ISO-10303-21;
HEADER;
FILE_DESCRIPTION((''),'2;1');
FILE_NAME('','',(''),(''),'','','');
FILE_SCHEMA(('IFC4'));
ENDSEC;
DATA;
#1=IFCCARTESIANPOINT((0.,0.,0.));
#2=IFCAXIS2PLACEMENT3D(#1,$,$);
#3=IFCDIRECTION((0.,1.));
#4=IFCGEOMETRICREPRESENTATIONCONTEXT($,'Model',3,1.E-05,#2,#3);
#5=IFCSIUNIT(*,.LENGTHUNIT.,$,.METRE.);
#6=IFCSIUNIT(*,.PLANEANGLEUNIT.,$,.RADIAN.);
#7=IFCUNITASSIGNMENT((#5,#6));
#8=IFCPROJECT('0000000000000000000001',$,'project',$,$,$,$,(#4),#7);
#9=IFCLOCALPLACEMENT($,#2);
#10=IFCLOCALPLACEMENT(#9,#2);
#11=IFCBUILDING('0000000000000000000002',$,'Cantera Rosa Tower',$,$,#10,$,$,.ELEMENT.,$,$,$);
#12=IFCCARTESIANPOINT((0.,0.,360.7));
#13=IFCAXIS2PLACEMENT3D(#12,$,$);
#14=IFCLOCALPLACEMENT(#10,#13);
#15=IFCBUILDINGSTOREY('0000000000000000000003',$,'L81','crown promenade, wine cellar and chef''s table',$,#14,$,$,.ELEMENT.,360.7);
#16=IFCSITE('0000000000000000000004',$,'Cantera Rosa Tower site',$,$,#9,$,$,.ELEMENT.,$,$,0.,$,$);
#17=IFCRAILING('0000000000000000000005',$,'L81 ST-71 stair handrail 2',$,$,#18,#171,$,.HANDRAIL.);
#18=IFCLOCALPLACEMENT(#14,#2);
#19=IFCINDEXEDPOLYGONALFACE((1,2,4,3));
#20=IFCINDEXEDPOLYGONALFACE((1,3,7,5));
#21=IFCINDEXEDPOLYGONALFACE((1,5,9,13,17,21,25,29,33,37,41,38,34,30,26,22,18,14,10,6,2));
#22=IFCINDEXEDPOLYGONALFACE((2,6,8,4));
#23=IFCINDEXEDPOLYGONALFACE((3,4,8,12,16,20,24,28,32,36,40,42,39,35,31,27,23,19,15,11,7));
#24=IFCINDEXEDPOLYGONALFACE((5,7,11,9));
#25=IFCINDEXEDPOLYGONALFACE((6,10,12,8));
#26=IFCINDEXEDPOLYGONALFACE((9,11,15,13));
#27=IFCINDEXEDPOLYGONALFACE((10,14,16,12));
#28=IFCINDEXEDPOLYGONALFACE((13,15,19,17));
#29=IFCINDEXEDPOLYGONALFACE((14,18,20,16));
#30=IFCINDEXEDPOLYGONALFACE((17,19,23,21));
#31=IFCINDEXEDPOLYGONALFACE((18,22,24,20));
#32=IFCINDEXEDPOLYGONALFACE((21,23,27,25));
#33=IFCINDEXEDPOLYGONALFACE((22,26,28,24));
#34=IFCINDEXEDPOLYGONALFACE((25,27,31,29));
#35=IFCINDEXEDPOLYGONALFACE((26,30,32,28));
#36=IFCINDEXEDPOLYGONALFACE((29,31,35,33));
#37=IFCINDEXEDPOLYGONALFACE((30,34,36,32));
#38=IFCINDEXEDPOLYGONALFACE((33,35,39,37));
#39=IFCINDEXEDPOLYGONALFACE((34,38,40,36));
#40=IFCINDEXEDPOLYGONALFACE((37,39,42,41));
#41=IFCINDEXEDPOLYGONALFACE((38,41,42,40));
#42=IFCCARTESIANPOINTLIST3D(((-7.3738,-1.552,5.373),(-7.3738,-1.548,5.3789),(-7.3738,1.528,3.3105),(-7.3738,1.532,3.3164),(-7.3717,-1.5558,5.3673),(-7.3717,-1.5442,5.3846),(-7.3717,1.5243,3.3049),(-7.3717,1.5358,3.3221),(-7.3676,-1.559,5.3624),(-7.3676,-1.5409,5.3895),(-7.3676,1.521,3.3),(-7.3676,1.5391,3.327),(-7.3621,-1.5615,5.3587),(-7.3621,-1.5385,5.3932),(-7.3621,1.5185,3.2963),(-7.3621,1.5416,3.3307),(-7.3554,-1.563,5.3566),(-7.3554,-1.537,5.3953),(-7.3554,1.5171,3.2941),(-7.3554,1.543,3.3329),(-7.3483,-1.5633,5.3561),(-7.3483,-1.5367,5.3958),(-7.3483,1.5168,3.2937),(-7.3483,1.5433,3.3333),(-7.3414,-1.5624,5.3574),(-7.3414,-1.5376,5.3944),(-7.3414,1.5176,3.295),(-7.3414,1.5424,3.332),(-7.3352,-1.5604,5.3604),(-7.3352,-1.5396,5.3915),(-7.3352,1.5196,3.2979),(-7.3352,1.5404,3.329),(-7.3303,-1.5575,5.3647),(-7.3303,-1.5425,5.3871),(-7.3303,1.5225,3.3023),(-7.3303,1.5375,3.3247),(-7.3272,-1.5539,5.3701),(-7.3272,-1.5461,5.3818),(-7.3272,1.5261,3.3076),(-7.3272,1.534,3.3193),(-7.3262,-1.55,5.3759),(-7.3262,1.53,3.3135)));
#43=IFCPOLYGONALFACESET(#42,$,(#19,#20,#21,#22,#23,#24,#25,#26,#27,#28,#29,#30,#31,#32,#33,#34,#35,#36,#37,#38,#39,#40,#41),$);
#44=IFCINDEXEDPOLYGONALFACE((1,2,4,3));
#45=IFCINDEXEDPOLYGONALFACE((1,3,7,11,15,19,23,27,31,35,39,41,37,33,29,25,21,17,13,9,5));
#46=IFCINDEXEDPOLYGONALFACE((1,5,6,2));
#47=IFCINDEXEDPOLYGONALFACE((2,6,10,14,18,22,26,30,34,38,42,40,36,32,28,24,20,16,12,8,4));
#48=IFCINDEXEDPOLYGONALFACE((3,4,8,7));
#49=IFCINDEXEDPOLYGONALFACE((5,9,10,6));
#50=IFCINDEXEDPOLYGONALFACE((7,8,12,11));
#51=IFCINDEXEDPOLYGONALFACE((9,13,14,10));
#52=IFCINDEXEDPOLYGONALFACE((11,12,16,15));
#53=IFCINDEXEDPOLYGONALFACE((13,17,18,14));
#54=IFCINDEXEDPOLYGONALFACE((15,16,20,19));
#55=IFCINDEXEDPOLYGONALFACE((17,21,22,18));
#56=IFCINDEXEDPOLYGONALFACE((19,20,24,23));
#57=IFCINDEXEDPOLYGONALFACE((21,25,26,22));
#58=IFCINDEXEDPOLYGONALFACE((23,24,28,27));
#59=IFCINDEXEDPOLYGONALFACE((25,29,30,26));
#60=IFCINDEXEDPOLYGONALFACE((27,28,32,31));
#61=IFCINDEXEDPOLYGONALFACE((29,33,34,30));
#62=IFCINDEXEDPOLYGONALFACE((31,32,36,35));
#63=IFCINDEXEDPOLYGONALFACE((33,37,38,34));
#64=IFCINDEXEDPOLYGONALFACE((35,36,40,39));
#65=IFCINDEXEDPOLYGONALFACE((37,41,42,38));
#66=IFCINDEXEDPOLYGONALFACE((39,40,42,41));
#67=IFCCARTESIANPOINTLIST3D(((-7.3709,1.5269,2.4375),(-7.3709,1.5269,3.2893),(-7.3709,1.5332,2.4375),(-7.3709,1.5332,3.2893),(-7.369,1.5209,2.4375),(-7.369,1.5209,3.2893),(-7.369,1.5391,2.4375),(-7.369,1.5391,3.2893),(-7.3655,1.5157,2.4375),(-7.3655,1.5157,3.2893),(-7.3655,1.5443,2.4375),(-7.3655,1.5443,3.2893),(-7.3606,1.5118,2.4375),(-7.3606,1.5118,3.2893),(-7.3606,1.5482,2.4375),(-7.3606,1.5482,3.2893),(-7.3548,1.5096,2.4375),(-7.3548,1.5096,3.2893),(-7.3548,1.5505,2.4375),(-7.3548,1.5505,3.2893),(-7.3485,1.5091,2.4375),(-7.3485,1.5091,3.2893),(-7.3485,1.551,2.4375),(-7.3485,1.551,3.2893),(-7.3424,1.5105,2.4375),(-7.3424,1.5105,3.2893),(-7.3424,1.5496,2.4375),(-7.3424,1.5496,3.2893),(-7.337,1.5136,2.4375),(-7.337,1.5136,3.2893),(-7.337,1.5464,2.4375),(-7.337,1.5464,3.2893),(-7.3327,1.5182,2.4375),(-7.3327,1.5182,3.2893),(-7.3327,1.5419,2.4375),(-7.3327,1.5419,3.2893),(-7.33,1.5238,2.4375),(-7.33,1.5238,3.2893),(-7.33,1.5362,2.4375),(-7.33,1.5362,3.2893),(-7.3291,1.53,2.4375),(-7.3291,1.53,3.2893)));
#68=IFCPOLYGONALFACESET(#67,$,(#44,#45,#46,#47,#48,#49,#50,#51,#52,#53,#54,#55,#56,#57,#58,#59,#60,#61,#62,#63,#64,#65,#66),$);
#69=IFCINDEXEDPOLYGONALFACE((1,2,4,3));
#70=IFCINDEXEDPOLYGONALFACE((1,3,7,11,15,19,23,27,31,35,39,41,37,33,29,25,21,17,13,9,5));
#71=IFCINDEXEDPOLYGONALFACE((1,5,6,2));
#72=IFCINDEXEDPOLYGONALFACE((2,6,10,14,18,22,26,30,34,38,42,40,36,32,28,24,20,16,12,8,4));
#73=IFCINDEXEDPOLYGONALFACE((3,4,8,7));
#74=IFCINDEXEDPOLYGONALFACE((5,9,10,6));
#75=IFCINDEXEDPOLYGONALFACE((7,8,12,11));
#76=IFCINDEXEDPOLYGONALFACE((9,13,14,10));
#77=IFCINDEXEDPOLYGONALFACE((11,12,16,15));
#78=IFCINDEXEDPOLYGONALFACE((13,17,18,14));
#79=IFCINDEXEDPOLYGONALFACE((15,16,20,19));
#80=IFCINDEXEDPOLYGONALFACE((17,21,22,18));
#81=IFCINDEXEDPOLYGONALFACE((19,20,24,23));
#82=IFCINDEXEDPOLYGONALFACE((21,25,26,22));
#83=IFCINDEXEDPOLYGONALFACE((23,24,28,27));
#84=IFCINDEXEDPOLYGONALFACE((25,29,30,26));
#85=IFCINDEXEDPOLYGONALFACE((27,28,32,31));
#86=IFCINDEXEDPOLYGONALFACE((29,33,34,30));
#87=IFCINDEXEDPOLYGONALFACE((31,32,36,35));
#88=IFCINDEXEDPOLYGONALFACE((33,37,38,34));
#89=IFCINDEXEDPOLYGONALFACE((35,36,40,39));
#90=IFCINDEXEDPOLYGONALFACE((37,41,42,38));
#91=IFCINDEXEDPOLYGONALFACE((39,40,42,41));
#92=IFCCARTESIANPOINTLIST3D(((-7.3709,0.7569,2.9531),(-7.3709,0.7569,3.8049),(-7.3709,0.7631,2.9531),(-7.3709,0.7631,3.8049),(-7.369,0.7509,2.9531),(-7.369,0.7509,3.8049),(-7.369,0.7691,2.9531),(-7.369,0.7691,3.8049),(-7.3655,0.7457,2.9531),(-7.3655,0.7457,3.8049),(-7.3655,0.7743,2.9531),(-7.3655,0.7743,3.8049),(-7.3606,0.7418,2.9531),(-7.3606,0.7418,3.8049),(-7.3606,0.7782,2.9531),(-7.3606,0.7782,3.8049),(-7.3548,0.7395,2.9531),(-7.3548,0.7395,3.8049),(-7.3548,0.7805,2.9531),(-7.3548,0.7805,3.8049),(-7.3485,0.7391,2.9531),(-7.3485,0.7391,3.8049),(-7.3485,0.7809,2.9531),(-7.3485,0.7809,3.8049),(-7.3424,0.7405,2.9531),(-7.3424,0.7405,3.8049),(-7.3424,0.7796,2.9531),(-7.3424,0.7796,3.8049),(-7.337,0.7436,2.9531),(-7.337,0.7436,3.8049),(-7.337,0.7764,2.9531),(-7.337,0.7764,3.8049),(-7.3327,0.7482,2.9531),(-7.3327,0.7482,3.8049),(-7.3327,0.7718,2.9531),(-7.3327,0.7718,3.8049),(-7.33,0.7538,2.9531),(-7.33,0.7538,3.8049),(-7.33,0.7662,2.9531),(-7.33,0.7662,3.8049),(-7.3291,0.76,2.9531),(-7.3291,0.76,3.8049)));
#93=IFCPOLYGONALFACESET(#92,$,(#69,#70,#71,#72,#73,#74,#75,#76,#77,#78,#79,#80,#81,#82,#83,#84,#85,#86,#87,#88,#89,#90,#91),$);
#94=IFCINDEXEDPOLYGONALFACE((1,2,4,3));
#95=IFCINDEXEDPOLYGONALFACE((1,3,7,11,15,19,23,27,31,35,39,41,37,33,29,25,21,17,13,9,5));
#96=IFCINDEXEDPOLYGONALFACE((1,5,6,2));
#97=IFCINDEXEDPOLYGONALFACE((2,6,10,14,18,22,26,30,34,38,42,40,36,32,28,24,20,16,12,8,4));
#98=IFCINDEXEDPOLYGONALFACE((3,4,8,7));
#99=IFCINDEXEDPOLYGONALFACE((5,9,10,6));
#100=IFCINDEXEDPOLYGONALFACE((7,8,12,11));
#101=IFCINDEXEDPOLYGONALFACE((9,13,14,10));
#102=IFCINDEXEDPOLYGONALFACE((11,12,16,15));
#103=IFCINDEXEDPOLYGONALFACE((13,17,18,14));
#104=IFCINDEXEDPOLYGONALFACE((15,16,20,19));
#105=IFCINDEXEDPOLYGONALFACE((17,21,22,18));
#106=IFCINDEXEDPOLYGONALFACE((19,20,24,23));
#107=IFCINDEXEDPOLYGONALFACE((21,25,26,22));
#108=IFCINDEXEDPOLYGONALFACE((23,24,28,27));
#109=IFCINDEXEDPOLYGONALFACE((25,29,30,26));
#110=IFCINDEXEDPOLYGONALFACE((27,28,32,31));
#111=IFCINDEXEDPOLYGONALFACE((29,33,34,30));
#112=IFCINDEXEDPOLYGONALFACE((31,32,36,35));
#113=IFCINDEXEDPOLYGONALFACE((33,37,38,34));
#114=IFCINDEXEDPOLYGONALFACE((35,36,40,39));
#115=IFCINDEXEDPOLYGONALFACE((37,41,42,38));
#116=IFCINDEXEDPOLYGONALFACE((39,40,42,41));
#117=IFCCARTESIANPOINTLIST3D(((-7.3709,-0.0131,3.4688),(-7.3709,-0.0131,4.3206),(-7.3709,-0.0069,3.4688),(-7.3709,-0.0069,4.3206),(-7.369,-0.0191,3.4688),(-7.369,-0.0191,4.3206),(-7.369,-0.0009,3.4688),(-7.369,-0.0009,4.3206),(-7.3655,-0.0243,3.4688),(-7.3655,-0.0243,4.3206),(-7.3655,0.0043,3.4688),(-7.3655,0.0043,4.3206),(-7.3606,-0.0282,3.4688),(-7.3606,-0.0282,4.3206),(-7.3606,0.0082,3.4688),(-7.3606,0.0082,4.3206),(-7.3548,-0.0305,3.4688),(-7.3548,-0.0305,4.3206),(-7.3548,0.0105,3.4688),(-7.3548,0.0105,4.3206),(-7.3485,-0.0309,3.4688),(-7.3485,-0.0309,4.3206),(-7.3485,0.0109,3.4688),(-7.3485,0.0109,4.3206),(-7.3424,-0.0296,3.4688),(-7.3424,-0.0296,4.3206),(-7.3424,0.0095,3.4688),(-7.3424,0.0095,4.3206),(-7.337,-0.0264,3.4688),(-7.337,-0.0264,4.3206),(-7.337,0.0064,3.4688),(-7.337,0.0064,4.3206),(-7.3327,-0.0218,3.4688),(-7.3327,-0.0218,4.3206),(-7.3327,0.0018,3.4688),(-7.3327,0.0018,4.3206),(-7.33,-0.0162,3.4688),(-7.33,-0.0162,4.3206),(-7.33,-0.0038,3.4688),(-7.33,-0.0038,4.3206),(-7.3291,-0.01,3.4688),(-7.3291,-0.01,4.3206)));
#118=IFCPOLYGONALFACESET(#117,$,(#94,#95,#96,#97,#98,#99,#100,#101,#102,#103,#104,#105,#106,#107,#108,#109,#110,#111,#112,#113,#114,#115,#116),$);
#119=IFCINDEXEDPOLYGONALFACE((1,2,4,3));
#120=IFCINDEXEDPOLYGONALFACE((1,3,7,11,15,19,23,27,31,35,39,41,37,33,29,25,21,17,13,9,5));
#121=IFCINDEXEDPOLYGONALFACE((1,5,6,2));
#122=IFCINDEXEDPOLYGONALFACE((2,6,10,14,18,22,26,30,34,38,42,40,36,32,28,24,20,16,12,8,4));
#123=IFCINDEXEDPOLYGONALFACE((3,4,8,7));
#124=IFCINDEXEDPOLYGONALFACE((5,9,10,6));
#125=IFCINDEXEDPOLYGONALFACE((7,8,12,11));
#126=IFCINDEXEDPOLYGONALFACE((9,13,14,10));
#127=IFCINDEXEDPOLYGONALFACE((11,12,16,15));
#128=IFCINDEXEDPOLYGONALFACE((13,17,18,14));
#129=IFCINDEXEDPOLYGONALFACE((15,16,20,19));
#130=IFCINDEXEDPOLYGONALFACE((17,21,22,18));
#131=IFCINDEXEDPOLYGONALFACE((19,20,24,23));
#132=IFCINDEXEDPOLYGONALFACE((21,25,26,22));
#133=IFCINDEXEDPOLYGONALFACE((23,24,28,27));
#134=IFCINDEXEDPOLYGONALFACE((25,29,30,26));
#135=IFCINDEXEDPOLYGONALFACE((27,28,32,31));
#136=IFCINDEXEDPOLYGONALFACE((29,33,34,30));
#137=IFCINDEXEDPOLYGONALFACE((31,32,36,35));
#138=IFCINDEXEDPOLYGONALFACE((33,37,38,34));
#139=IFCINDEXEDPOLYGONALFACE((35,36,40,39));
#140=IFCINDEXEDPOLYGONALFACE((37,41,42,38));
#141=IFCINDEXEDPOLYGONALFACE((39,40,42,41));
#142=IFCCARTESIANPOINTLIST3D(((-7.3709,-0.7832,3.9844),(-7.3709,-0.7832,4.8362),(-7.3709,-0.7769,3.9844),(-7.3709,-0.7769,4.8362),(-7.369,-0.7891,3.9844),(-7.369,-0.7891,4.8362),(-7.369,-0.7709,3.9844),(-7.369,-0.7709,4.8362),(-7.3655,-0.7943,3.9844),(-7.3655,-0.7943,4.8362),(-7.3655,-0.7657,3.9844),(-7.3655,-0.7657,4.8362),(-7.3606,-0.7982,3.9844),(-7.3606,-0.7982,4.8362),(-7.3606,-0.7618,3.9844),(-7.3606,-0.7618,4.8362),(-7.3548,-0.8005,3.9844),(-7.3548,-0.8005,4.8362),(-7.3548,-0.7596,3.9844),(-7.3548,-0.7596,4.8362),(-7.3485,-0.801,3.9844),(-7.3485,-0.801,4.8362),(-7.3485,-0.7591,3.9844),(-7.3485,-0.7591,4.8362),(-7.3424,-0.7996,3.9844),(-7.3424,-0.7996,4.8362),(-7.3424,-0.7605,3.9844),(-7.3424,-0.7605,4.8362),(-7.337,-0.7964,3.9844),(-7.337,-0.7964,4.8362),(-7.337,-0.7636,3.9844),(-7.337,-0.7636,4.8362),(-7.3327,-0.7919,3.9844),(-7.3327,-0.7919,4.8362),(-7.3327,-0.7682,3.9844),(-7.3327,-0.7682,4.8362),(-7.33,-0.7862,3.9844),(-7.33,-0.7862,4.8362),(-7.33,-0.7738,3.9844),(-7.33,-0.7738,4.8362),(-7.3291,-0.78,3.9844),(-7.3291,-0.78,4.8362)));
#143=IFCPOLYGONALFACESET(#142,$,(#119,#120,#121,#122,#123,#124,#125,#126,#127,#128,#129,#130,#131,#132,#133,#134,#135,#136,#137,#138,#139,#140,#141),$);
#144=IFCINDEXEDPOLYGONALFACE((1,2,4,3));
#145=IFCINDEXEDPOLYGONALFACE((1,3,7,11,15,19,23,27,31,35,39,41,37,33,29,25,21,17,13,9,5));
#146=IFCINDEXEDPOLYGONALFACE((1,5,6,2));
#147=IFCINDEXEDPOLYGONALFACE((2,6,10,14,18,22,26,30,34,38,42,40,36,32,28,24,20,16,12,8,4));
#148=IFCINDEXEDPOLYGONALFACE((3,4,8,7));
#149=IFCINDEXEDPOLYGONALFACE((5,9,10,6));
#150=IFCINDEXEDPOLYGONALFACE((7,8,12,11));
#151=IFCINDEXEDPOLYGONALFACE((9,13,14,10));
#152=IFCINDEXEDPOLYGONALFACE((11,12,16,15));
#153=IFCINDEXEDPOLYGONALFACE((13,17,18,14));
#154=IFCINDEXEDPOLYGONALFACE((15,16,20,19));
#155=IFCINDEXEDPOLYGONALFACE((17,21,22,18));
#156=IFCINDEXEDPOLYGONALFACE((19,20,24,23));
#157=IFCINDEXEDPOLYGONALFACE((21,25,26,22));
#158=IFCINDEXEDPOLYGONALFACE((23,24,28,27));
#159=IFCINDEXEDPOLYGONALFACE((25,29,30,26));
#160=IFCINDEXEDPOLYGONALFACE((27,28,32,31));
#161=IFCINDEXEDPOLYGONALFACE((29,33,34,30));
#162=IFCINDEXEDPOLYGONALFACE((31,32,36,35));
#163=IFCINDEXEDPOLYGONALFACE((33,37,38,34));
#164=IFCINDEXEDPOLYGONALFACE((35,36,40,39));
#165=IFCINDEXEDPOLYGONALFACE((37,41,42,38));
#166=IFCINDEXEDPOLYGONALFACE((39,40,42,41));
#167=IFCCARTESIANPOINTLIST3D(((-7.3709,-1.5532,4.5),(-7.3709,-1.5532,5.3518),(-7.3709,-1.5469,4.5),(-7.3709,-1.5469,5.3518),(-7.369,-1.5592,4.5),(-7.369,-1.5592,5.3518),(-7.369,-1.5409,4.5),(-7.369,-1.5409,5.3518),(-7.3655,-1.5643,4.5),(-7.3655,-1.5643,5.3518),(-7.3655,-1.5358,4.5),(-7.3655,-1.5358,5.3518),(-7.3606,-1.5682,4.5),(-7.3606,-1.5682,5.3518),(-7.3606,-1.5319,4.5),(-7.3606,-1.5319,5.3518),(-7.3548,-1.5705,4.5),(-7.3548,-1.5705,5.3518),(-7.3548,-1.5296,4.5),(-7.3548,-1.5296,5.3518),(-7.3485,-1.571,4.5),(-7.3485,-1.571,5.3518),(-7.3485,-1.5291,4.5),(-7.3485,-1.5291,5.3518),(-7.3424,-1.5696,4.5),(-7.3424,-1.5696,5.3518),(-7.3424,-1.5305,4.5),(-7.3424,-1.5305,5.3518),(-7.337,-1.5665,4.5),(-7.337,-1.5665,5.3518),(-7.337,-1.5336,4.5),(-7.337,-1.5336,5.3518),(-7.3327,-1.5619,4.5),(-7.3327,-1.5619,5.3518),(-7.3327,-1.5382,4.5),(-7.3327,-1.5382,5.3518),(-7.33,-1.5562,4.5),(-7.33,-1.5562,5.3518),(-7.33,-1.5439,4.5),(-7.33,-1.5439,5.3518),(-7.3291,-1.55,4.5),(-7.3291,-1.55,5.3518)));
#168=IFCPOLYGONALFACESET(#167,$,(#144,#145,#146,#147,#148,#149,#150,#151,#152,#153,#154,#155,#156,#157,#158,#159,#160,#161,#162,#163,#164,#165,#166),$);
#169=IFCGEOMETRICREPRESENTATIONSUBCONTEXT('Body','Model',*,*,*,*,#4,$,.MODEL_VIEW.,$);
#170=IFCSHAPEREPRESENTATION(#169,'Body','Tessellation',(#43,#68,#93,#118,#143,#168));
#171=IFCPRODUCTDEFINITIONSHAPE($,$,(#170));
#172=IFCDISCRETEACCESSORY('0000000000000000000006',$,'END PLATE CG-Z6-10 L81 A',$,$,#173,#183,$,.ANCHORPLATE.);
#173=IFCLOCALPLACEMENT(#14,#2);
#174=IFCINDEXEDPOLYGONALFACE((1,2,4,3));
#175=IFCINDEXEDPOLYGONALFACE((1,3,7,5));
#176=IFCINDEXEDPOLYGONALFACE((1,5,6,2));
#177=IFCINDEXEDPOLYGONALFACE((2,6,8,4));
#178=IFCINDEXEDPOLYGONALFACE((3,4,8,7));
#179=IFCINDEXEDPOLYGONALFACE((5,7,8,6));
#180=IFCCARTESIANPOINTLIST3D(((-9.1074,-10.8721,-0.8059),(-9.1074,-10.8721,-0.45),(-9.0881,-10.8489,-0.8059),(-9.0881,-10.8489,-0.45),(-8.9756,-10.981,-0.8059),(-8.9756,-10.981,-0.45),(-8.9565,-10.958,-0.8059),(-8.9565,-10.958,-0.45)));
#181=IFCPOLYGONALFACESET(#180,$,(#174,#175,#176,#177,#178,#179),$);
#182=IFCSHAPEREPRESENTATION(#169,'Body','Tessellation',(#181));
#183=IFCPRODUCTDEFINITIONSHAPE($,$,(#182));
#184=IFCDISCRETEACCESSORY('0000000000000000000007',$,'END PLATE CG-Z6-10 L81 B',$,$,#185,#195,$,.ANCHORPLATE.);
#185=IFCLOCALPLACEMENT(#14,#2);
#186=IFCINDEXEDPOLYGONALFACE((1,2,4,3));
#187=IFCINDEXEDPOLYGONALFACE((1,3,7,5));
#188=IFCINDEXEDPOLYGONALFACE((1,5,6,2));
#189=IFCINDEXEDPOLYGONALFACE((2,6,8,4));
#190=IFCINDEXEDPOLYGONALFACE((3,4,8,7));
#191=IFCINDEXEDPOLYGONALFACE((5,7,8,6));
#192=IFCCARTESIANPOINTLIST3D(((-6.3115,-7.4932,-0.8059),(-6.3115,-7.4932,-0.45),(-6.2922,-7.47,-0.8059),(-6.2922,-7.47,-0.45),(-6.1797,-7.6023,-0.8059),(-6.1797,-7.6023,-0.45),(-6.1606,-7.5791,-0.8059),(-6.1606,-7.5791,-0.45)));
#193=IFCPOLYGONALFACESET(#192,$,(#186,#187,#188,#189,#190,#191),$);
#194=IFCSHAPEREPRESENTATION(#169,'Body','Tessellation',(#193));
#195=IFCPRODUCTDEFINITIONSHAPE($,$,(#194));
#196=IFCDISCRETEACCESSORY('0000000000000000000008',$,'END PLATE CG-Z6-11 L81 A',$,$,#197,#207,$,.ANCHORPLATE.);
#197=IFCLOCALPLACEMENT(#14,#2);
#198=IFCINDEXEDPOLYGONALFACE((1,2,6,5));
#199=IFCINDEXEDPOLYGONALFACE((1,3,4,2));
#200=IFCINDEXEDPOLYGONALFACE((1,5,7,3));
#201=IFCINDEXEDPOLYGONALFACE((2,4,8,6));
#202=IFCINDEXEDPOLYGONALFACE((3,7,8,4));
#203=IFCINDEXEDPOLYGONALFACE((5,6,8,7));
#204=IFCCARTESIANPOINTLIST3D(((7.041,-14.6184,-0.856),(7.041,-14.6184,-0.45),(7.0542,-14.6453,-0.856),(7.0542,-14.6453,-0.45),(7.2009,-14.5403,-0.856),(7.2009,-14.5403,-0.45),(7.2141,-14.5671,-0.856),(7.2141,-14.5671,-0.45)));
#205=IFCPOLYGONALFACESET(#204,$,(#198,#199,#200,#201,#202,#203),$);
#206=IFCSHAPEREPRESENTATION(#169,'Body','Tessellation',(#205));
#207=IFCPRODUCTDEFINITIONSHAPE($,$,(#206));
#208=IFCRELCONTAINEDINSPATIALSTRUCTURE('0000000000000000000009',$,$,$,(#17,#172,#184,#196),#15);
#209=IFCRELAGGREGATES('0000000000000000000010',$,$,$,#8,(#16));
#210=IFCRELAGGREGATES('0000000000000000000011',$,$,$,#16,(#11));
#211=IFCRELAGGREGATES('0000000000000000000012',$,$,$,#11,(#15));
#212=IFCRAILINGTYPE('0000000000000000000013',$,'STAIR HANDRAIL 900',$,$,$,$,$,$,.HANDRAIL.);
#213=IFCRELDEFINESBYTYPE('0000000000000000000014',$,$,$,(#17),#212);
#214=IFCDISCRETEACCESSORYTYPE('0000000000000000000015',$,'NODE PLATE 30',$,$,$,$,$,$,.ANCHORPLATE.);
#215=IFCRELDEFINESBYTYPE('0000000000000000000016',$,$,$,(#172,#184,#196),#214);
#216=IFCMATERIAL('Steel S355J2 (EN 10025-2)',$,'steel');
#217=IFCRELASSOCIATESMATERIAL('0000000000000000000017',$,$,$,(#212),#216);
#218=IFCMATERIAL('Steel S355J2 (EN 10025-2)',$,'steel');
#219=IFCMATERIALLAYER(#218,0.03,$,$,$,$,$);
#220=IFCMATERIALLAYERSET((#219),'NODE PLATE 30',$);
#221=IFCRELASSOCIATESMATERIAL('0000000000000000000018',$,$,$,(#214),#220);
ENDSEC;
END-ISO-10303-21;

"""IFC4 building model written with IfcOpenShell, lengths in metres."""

from ifc_helpers import new_model, si_unit, direction, frame, origin, origin_2d, place, context, subcontext, project, spatial, polyline, circle, outline, extrude, material, layer, layer_set, type_object, element, save


model = new_model("IFC4")

# Units and contexts
model_context = context("Model", 3, precision=1e-05, world=origin(), true_north=direction((0.0, 1.0)))
body_context = subcontext(model_context, "Body", "Model", "MODEL_VIEW")
ifc_project = project(units=[si_unit("LENGTHUNIT", "METRE"), si_unit("PLANEANGLEUNIT", "RADIAN")], contexts=[model_context])

# Site, building, storey
site_placement = place(None, origin())
site = spatial("IfcSite", under=ifc_project, at=site_placement, Name="Cantera Rosa Tower site", CompositionType="ELEMENT", RefElevation=0.0)
building_placement = place(site_placement, origin())
building = spatial("IfcBuilding", under=site, at=building_placement, Name="Cantera Rosa Tower", CompositionType="ELEMENT")
storey_placement = place(building_placement, frame((0.0, 0.0, 360.7)))
storey = spatial("IfcBuildingStorey", under=building, at=storey_placement, Name="L81", Description="crown promenade, wine cellar and chef's table", CompositionType="ELEMENT", Elevation=360.7)

# Railing
ifc_material_1 = material(Name="Steel S355J2 (EN 10025-2)", Category="steel")
railing_type_1 = type_object("IfcRailingType", Name="STAIR HANDRAIL 900", PredefinedType="HANDRAIL", material=ifc_material_1)
railing_1_placement = place(storey_placement, frame((-7.3501, 1.53, 2.4375)))
element("IfcRailing", 1, at=railing_1_placement, inside=storey, type_object=railing_type_1, Name="L81 ST-71 stair handrail 2", PredefinedType="HANDRAIL", context=body_context, shape_type="SweptSolid", body=[
    extrude(circle(Radius=0.0239, at=origin_2d()), frame((0.0, 0.0, 0.876), z_axis=(0.0, -0.830914, 0.556401), x_axis=(1.0, 0.0, 0.0)), (0.0, 0.0, 1.0), 3.7068),
    extrude(circle(Radius=0.021, at=origin_2d()), origin(), (0.0, 0.0, 1.0), 0.8518),
    extrude(circle(Radius=0.021, at=origin_2d()), frame((0.0, -0.77, 0.5156)), (0.0, 0.0, 1.0), 0.8518),
    extrude(circle(Radius=0.021, at=origin_2d()), frame((0.0, -1.54, 1.0312)), (0.0, 0.0, 1.0), 0.8518),
    extrude(circle(Radius=0.021, at=origin_2d()), frame((0.0, -2.3101, 1.5469)), (0.0, 0.0, 1.0), 0.8518),
    extrude(circle(Radius=0.021, at=origin_2d()), frame((0.0, -3.0801, 2.0625)), (0.0, 0.0, 1.0), 0.8518),
])

# Discrete accessories
ifc_material_2 = material(Name="Steel S355J2 (EN 10025-2)", Category="steel")
ifc_layer_1 = layer(ifc_material_2, 0.03)
ifc_layer_set_1 = layer_set([ifc_layer_1], Name="NODE PLATE 30")
discrete_accessory_type = type_object("IfcDiscreteAccessoryType", Name="NODE PLATE 30", PredefinedType="ANCHORPLATE", material=ifc_layer_set_1)
discrete_accessory_1_placement = place(storey_placement, frame((0.0, 0.0, -0.8059)))
element("IfcDiscreteAccessory", 2, at=discrete_accessory_1_placement, inside=storey, type_object=discrete_accessory_type, Name="END PLATE CG-Z6-10 L81 A", PredefinedType="ANCHORPLATE", context=body_context, shape_type="SweptSolid", body=[
    extrude(outline(polyline([(-8.9565, -10.958), (-8.9756, -10.981), (-9.1074, -10.8721), (-9.0881, -10.8489), (-8.9565, -10.958)])), origin(), (0.0, 0.0, 1.0), 0.356),
])
discrete_accessory_2_placement = place(storey_placement, frame((0.0, 0.0, -0.8059)))
element("IfcDiscreteAccessory", 3, at=discrete_accessory_2_placement, inside=storey, type_object=discrete_accessory_type, Name="END PLATE CG-Z6-10 L81 B", PredefinedType="ANCHORPLATE", context=body_context, shape_type="SweptSolid", body=[
    extrude(outline(polyline([(-6.3115, -7.4932), (-6.2922, -7.47), (-6.1606, -7.5791), (-6.1797, -7.6023), (-6.3115, -7.4932)])), origin(), (0.0, 0.0, 1.0), 0.356),
])
discrete_accessory_3_placement = place(storey_placement, frame((0.0, 0.0, -0.856)))
element("IfcDiscreteAccessory", 4, at=discrete_accessory_3_placement, inside=storey, type_object=discrete_accessory_type, Name="END PLATE CG-Z6-11 L81 A", PredefinedType="ANCHORPLATE", context=body_context, shape_type="SweptSolid", body=[
    extrude(outline(polyline([(7.2009, -14.5403), (7.2141, -14.5671), (7.0542, -14.6453), (7.041, -14.6184), (7.2009, -14.5403)])), origin(), (0.0, 0.0, 1.0), 0.406),
])

save(model, "model.ifc")
